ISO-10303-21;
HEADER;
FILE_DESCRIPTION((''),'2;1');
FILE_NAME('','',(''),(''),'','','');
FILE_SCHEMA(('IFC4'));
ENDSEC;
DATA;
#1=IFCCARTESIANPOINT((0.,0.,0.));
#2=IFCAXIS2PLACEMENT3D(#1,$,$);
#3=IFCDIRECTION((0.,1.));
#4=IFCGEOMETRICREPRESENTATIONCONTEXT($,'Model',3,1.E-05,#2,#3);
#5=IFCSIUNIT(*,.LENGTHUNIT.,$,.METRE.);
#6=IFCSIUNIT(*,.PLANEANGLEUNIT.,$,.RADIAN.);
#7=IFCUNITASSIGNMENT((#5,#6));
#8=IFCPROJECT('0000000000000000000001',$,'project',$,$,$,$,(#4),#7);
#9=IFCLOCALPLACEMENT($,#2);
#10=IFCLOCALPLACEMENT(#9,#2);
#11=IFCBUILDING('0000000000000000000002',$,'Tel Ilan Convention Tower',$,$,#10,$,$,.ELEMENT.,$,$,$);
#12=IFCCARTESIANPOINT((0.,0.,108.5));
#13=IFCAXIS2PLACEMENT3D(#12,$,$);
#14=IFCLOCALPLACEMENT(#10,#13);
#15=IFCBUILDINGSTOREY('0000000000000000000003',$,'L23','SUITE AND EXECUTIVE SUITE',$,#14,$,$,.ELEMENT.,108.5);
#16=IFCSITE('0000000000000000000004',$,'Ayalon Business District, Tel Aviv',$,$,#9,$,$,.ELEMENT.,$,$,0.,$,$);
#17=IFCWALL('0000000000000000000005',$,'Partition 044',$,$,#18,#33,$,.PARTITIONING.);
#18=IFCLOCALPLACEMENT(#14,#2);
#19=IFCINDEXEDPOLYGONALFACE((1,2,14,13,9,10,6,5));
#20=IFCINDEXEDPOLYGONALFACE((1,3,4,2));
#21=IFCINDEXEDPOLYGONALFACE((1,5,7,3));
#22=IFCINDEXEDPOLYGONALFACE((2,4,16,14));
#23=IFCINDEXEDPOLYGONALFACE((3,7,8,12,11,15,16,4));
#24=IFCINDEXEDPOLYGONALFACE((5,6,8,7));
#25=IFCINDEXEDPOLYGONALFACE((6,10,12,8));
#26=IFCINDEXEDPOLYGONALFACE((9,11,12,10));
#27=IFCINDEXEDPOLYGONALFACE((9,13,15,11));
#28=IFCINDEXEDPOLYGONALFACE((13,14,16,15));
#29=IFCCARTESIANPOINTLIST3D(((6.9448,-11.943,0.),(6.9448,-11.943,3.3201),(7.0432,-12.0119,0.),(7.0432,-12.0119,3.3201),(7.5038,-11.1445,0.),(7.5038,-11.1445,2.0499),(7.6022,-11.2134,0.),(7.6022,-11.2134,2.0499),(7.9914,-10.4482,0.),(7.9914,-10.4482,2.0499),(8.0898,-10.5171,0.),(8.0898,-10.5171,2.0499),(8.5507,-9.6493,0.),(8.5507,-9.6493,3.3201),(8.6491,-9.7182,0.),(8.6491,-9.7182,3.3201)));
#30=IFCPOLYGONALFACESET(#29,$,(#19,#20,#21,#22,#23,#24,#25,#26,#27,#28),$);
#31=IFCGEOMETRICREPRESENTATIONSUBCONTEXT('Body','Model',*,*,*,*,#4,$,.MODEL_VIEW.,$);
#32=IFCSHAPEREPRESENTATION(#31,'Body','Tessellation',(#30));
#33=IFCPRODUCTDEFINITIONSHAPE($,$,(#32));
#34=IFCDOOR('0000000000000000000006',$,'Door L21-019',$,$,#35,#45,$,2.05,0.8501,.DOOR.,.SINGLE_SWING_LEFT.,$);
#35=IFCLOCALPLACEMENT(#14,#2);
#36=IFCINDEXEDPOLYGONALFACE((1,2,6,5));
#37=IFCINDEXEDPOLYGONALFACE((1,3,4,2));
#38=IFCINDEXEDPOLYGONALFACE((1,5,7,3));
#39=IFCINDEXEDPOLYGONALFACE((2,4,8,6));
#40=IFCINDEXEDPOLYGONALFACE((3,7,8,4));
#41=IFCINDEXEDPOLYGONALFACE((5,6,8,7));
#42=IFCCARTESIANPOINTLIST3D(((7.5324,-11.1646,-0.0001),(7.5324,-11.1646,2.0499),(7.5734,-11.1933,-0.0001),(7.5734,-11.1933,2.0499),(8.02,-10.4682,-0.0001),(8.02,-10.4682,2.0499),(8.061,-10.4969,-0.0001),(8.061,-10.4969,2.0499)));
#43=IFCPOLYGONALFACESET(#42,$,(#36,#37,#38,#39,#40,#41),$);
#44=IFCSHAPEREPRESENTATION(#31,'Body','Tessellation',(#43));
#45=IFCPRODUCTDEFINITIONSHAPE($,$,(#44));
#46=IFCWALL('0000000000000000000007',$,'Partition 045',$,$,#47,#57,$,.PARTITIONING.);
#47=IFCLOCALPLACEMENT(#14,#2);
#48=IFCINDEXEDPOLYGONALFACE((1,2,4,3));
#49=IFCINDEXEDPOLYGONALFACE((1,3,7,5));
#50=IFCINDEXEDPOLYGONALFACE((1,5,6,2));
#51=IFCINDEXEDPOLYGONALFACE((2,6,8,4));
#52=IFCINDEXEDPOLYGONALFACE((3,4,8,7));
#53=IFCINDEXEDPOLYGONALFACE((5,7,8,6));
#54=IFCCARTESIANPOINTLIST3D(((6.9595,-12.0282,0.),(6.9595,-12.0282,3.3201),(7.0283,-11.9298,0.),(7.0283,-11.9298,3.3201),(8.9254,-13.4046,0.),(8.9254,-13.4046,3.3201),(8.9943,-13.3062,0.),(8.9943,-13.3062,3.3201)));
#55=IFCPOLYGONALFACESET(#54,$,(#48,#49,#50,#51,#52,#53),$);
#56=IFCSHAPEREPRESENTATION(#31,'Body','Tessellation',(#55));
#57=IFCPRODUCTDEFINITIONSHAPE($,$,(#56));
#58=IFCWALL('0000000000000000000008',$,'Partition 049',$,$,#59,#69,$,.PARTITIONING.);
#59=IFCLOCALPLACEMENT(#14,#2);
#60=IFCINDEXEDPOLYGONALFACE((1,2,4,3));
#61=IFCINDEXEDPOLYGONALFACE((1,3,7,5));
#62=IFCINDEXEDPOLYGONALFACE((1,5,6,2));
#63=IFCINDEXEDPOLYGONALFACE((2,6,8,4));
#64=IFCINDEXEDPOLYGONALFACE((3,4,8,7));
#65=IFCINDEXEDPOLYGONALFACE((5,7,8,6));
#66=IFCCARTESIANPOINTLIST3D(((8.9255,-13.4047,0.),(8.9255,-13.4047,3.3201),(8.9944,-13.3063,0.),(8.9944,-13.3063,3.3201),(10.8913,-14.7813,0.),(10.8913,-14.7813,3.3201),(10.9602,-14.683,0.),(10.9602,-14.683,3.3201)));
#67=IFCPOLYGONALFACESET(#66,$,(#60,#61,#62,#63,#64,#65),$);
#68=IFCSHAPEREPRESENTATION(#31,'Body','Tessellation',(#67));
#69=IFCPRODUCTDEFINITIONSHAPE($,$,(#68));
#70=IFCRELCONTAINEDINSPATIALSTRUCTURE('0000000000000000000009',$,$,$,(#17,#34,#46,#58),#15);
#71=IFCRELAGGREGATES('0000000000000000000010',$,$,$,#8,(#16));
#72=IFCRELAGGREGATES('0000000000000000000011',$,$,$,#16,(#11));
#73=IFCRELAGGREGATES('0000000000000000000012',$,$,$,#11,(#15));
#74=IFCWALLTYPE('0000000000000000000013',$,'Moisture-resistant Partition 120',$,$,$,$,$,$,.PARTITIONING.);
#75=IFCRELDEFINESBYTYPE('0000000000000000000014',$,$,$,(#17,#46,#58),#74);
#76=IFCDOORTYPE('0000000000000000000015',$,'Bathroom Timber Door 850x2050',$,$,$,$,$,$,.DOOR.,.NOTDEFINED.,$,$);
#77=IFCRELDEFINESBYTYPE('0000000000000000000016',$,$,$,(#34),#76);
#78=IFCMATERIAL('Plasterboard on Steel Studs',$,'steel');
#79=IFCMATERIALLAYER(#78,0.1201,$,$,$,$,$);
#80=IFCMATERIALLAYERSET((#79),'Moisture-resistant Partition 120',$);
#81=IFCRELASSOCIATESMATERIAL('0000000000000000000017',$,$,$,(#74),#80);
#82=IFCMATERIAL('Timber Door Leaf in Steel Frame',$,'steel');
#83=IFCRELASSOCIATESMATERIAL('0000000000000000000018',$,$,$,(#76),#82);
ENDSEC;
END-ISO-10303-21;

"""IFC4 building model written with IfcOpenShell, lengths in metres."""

from ifc_helpers import new_model, si_unit, direction, frame, frame_2d, origin, place, context, subcontext, project, spatial, rectangle, extrude, material, layer, layer_set, type_object, element, fill, save


model = new_model("IFC4")

# Units and contexts
model_context = context("Model", 3, precision=1e-05, world=origin(), true_north=direction((0.0, 1.0)))
body_context = subcontext(model_context, "Body", "Model", "MODEL_VIEW")
ifc_project = project(units=[si_unit("LENGTHUNIT", "METRE"), si_unit("PLANEANGLEUNIT", "RADIAN")], contexts=[model_context])

# Site, building, storey
site_placement = place(None, origin())
site = spatial("IfcSite", under=ifc_project, at=site_placement, Name="Ayalon Business District, Tel Aviv", CompositionType="ELEMENT", RefElevation=0.0)
building_placement = place(site_placement, origin())
building = spatial("IfcBuilding", under=site, at=building_placement, Name="Tel Ilan Convention Tower", CompositionType="ELEMENT")
storey_placement = place(building_placement, frame((0.0, 0.0, 108.5)))
storey = spatial("IfcBuildingStorey", under=building, at=storey_placement, Name="L23", Description="SUITE AND EXECUTIVE SUITE", CompositionType="ELEMENT", Elevation=108.5)

# Wall, opening, door
ifc_material_1 = material(Name="Plasterboard on Steel Studs", Category="steel")
ifc_layer_1 = layer(ifc_material_1, 0.1201)
ifc_layer_set_1 = layer_set([ifc_layer_1], Name="Moisture-resistant Partition 120")
wall_type_1 = type_object("IfcWallType", Name="Moisture-resistant Partition 120", PredefinedType="PARTITIONING", material=ifc_layer_set_1)
wall_1_placement = place(storey_placement, frame((8.5999, -9.6838, 0.0), z_axis=(0.0, 0.0, 1.0), x_axis=(-0.57355, -0.81917, 0.0)))
wall_1 = element("IfcWall", 1, at=wall_1_placement, inside=storey, type_object=wall_type_1, Name="Partition 044", PredefinedType="PARTITIONING", context=body_context, shape_type="SweptSolid", body=[
    extrude(rectangle(XDim=2.8, YDim=0.1201, at=frame_2d((1.3999, 0.0))), origin(), (0.0, 0.0, 1.0), 3.3201),
])
opening_1_placement = place(wall_1_placement, frame((0.9751, 0.0, 0.0)))
opening_1 = element("IfcOpeningElement", 2, at=opening_1_placement, cuts=wall_1, PredefinedType="OPENING", context=body_context, shape_type="SweptSolid", body=[
    extrude(rectangle(XDim=0.8501, YDim=2.05, at=frame_2d((0.425, 1.0249))), frame((0.0, 0.0701, 0.0), z_axis=(0.0, -1.0, 0.0), x_axis=(1.0, 0.0, 0.0)), (0.0, 0.0, 1.0), 0.1401),
])
ifc_material_2 = material(Name="Timber Door Leaf in Steel Frame", Category="steel")
door_type_1 = type_object("IfcDoorType", Name="Bathroom Timber Door 850x2050", OperationType="NOTDEFINED", PredefinedType="DOOR", material=ifc_material_2)
door_1_placement = place(opening_1_placement, origin())
door_1 = element("IfcDoor", 3, at=door_1_placement, inside=storey, type_object=door_type_1, Name="Door L21-019", OperationType="SINGLE_SWING_LEFT", OverallHeight=2.05, OverallWidth=0.8501, PredefinedType="DOOR", context=body_context, shape_type="SweptSolid", body=[
    extrude(rectangle(XDim=0.8501, YDim=2.05, at=frame_2d((0.425, 1.0249))), frame((0.0, 0.0249, 0.0), z_axis=(0.0, -1.0, 0.0), x_axis=(1.0, 0.0, 0.0)), (0.0, 0.0, 1.0), 0.05),
])
fill(opening_1, door_1)

# Walls
for number, where, z_axis, x_axis, name in (
    (4, (6.9939, -11.979, 0.0), (0.0, 0.0, 1.0), (0.819189, -0.573524, 0.0), "Partition 045"),
    (5, (8.96, -13.3555, 0.0), (0.0, 0.0, 1.0), (0.819108, -0.57364, 0.0), "Partition 049"),
):
    element("IfcWall", number, at=place(storey_placement, frame(where, z_axis=z_axis, x_axis=x_axis)), inside=storey, type_object=wall_type_1, Name=name, PredefinedType="PARTITIONING", context=body_context, shape_type="SweptSolid", body=[
        extrude(rectangle(XDim=2.3999, YDim=0.1201, at=frame_2d((1.2, 0.0))), origin(), (0.0, 0.0, 1.0), 3.3201),
    ])

save(model, "model.ifc")
